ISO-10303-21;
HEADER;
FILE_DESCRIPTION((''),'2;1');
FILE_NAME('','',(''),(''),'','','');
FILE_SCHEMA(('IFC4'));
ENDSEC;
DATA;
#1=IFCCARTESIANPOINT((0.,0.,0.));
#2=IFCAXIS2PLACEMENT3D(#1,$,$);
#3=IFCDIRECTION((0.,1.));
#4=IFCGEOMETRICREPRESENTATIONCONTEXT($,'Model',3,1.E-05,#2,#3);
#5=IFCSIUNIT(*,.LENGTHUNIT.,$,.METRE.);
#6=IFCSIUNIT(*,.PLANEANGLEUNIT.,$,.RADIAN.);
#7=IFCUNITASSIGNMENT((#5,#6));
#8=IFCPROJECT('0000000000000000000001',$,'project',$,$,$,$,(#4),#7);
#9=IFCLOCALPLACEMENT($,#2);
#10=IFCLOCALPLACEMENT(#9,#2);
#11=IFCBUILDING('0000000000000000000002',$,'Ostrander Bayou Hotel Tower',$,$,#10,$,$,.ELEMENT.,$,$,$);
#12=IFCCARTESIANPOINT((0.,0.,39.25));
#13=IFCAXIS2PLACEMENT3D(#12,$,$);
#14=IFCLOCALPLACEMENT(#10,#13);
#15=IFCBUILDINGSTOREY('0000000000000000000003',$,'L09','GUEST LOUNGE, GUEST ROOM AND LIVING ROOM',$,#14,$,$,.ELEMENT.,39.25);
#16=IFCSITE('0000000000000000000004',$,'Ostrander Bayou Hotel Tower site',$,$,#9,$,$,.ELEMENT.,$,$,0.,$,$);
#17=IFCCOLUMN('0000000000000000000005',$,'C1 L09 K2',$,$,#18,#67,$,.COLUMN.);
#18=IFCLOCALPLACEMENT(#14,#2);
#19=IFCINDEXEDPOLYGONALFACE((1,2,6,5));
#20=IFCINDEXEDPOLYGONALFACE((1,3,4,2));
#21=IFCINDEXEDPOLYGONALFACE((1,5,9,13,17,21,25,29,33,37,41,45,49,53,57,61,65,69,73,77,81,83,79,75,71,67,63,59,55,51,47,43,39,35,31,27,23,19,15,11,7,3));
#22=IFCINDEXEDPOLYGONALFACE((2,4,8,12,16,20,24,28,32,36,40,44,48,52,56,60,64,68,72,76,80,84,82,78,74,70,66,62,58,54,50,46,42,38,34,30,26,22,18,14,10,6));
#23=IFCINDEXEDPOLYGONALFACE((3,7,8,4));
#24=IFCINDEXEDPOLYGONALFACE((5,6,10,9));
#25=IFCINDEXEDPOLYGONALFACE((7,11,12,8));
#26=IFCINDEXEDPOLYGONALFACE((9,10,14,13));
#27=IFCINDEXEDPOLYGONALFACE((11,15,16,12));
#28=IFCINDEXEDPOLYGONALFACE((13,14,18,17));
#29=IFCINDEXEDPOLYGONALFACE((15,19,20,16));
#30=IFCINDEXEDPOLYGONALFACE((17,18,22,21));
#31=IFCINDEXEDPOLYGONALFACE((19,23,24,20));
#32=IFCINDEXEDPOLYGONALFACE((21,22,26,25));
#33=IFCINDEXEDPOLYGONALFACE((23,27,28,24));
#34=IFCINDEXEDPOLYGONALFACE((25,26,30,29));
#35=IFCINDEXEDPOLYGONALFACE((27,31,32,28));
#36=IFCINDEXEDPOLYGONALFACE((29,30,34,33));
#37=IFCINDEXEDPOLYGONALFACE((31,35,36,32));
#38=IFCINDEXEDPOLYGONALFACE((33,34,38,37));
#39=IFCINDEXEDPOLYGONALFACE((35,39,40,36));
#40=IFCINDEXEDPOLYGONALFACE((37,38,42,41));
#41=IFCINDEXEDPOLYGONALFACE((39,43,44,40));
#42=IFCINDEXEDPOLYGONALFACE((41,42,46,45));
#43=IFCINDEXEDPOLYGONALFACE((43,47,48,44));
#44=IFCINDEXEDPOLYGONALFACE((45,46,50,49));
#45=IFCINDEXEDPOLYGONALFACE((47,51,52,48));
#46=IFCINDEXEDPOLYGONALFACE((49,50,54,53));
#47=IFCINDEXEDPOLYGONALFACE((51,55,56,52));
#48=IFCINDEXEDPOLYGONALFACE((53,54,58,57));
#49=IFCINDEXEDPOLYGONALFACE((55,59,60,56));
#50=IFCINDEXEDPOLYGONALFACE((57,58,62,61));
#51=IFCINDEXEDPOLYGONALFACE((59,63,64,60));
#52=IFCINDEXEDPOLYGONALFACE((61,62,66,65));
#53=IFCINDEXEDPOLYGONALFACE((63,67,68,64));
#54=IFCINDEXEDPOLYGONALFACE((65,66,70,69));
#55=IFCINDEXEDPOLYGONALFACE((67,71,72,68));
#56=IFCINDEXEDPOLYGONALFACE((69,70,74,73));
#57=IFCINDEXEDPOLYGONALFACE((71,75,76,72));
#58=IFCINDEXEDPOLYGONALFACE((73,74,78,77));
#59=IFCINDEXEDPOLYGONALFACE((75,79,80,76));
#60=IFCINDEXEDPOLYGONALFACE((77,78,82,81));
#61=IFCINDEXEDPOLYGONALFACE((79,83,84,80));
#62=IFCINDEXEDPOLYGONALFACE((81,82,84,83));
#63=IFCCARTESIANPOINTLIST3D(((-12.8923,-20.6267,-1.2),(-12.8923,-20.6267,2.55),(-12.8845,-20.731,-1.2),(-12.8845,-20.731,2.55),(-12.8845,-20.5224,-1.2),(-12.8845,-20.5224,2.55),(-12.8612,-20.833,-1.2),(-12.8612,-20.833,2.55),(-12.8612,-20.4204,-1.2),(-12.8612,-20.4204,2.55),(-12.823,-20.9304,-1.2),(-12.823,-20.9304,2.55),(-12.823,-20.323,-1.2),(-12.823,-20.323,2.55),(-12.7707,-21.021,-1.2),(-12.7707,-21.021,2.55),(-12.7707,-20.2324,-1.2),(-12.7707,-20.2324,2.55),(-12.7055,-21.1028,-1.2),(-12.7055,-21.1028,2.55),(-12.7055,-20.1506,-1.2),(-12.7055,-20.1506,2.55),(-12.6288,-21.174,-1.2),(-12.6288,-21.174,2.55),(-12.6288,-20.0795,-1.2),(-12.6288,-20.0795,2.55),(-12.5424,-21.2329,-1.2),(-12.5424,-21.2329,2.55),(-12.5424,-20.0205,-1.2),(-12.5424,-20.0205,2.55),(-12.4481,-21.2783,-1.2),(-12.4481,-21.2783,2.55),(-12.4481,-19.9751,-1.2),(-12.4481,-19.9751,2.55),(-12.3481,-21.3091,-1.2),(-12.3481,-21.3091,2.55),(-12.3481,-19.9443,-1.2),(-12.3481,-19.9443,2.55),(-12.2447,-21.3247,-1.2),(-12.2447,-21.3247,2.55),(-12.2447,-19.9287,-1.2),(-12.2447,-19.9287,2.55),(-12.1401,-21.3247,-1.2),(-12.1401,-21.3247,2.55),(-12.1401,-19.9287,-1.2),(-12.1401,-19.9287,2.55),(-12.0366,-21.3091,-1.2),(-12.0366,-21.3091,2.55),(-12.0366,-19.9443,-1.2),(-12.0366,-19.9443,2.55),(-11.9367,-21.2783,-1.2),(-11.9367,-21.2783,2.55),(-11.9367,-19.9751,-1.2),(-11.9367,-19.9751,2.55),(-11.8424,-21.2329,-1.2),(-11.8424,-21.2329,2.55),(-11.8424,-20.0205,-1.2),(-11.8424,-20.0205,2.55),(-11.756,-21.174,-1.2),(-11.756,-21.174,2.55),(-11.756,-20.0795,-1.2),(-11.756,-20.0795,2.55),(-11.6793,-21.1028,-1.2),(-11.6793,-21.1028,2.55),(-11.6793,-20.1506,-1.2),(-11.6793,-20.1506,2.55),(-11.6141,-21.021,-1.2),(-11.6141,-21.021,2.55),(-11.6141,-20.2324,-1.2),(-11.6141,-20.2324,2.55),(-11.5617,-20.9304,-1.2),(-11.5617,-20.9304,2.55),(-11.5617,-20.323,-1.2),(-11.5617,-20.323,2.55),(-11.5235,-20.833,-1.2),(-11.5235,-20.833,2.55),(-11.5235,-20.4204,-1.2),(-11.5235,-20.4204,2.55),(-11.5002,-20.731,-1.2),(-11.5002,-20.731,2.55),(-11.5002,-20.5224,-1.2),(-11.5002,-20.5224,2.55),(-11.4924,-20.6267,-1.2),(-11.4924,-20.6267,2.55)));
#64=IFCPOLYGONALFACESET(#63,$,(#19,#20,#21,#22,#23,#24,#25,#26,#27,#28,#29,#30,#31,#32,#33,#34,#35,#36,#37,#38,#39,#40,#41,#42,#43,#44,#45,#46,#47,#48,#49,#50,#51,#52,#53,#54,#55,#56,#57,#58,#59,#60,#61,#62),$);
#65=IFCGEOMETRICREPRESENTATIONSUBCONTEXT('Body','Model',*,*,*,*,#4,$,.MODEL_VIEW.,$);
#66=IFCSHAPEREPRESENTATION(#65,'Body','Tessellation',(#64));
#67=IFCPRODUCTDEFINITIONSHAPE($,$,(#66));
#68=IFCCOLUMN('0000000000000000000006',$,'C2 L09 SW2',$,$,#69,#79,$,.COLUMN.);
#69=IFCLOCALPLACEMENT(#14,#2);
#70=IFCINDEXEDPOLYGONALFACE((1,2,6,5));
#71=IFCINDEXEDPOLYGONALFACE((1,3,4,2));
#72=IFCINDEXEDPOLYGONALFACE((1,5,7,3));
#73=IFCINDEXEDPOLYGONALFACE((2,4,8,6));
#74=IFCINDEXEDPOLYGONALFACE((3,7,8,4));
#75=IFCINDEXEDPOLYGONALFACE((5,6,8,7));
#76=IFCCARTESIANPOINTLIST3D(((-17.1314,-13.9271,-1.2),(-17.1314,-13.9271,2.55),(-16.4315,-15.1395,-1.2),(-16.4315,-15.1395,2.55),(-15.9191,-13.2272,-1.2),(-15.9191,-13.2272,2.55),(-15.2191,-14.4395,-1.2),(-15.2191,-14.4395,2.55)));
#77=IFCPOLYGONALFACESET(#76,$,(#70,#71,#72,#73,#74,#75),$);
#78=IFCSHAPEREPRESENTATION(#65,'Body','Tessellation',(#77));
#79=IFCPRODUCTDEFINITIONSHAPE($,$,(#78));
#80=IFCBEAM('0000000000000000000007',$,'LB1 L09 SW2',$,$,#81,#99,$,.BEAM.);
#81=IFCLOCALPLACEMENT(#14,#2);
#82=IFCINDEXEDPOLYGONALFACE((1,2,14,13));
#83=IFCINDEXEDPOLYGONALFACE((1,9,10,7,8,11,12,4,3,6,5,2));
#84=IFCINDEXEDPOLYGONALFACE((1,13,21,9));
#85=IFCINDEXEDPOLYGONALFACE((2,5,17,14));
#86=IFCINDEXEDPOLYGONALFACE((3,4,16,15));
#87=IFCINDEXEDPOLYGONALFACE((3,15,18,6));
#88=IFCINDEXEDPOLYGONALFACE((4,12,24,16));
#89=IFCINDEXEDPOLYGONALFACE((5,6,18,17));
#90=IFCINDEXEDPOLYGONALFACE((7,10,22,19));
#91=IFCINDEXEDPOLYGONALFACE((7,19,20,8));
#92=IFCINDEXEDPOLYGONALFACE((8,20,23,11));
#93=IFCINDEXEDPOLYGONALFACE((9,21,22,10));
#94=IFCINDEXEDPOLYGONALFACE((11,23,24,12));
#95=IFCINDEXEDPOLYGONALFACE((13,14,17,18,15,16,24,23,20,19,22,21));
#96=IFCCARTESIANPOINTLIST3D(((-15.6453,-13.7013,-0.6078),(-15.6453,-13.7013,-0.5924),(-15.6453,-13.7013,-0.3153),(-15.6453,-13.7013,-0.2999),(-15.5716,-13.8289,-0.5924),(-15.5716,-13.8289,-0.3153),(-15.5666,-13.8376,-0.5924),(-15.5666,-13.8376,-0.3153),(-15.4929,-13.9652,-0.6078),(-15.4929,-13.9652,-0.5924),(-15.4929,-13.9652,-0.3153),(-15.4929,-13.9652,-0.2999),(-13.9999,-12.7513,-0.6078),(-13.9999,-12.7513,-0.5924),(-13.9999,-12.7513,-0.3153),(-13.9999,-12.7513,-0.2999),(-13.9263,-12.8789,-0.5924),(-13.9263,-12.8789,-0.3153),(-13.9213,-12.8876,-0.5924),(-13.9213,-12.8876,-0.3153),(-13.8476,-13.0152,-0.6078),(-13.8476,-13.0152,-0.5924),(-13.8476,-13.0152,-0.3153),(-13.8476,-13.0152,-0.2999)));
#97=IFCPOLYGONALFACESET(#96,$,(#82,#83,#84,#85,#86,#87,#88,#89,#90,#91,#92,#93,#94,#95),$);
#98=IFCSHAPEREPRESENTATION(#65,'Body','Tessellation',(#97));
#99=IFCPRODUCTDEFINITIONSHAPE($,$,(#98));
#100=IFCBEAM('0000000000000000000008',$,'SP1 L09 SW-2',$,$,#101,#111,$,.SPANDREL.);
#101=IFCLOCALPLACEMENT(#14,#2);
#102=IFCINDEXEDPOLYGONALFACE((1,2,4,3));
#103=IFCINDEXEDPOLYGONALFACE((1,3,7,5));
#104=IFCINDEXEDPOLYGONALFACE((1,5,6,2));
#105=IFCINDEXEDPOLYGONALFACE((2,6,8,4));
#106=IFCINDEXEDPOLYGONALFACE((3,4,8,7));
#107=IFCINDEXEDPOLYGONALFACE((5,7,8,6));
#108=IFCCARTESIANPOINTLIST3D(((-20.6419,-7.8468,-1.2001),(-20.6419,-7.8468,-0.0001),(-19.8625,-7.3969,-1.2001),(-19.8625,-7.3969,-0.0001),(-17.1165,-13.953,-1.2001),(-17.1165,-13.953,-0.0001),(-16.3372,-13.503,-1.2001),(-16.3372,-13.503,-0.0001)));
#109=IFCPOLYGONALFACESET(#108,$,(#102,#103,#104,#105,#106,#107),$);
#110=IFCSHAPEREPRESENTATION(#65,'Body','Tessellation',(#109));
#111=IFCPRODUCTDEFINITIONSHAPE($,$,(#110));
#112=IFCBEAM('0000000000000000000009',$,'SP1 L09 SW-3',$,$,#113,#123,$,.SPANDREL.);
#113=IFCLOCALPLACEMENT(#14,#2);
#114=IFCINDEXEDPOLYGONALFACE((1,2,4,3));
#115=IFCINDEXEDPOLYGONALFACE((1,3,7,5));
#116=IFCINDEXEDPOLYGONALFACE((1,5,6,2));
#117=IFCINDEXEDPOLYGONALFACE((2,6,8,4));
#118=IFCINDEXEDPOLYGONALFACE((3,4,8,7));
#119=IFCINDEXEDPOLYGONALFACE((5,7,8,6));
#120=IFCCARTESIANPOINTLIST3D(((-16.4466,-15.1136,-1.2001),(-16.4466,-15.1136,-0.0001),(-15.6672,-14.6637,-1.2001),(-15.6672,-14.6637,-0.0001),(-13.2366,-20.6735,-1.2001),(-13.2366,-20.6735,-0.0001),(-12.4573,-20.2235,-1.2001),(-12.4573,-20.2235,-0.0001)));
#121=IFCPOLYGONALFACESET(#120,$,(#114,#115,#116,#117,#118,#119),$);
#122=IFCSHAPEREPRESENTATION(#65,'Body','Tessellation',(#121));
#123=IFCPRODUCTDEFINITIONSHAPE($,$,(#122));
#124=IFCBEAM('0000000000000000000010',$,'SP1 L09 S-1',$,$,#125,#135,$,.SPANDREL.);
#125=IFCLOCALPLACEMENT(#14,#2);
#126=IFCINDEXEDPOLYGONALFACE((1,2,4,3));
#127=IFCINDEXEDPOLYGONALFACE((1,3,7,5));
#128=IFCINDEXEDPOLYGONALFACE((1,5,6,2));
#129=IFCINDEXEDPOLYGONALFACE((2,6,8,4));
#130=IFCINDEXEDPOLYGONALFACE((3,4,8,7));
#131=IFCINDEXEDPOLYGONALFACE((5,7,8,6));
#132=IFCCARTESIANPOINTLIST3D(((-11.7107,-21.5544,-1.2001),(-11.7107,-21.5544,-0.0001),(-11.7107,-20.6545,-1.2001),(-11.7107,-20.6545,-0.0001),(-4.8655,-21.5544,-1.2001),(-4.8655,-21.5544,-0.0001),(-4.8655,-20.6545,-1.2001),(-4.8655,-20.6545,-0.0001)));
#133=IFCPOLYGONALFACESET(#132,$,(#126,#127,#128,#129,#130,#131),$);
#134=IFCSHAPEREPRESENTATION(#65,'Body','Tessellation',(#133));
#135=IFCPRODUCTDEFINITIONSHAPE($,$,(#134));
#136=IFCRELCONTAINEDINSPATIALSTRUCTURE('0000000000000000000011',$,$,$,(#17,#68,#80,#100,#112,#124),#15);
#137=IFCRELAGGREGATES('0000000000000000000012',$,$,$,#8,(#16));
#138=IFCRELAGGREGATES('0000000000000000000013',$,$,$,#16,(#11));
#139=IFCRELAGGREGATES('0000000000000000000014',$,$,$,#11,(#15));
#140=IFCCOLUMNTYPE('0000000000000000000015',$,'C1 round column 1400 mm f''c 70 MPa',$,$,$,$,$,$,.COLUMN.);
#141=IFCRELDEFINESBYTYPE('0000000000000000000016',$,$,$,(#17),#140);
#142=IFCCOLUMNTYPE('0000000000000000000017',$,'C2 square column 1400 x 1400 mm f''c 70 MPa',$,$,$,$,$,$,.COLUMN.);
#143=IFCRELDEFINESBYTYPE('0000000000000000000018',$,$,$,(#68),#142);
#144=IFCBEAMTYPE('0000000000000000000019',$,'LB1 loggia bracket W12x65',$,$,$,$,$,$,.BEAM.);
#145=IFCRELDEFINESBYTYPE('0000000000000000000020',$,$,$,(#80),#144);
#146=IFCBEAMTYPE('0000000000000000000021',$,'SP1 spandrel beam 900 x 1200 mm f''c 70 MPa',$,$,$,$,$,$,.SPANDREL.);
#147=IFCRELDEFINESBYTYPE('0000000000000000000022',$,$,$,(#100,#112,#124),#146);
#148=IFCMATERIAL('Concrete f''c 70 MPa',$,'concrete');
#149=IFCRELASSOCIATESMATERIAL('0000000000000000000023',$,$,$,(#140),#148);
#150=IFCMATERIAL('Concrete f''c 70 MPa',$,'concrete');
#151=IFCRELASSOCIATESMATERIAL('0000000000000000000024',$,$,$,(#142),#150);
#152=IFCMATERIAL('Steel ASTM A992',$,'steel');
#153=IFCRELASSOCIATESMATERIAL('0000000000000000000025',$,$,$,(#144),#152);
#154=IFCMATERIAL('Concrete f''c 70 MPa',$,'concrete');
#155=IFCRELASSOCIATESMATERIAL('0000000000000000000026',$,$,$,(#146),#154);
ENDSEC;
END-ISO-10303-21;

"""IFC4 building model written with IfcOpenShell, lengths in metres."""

from ifc_helpers import new_model, si_unit, direction, frame, origin, origin_2d, place, context, subcontext, project, spatial, rectangle, circle, i_section, extrude, material, material_profile, profile_set, type_object, element, save


model = new_model("IFC4")

# Units and contexts
model_context = context("Model", 3, precision=1e-05, world=origin(), true_north=direction((0.0, 1.0)))
body_context = subcontext(model_context, "Body", "Model", "MODEL_VIEW")
ifc_project = project(units=[si_unit("LENGTHUNIT", "METRE"), si_unit("PLANEANGLEUNIT", "RADIAN")], contexts=[model_context])

# Site, building, storey
site_placement = place(None, origin())
site = spatial("IfcSite", under=ifc_project, at=site_placement, Name="Ostrander Bayou Hotel Tower site", CompositionType="ELEMENT", RefElevation=0.0)
building_placement = place(site_placement, origin())
building = spatial("IfcBuilding", under=site, at=building_placement, Name="Ostrander Bayou Hotel Tower", CompositionType="ELEMENT")
storey_placement = place(building_placement, frame((0.0, 0.0, 39.25)))
storey = spatial("IfcBuildingStorey", under=building, at=storey_placement, Name="L09", Description="GUEST LOUNGE, GUEST ROOM AND LIVING ROOM", CompositionType="ELEMENT", Elevation=39.25)

# Columns
ifc_material_1 = material(Name="Concrete f'c 70 MPa", Category="concrete")
ifc_material_profile_1 = material_profile(ifc_material_1, circle(Radius=0.7, at=origin_2d()))
ifc_profile_set_1 = profile_set([ifc_material_profile_1], Name="Concrete f'c 70 MPa")
column_type_1 = type_object("IfcColumnType", Name="C1 round column 1400 mm f'c 70 MPa", PredefinedType="COLUMN", material=ifc_profile_set_1)
column_1_placement = place(storey_placement, frame((-12.1924, -20.6267, -1.2), z_axis=(0.0, 0.0, 1.0), x_axis=(1.0, 0.0, 0.0)))
element("IfcColumn", 1, at=column_1_placement, inside=storey, type_object=column_type_1, Name="C1 L09 K2", PredefinedType="COLUMN", context=body_context, shape_type="SweptSolid", body=[
    extrude(circle(Radius=0.7, at=origin_2d()), origin(), (0.0, 0.0, 1.0), 3.75),
])
ifc_material_2 = material(Name="Concrete f'c 70 MPa", Category="concrete")
ifc_material_profile_2 = material_profile(ifc_material_2, rectangle(XDim=1.3999, YDim=1.3999, at=origin_2d()))
ifc_profile_set_2 = profile_set([ifc_material_profile_2], Name="Concrete f'c 70 MPa")
column_type_2 = type_object("IfcColumnType", Name="C2 square column 1400 x 1400 mm f'c 70 MPa", PredefinedType="COLUMN", material=ifc_profile_set_2)
column_2_placement = place(storey_placement, frame((-16.1753, -14.1833, -1.2), z_axis=(0.0, 0.0, 1.0), x_axis=(-0.5, 0.866025, 0.0)))
element("IfcColumn", 2, at=column_2_placement, inside=storey, type_object=column_type_2, Name="C2 L09 SW2", PredefinedType="COLUMN", context=body_context, shape_type="SweptSolid", body=[
    extrude(rectangle(XDim=1.3999, YDim=1.3999, at=origin_2d()), origin(), (0.0, 0.0, 1.0), 3.75),
])

# Beams
ifc_material_3 = material(Name="Steel ASTM A992", Category="steel")
ifc_material_profile_3 = material_profile(ifc_material_3, i_section(OverallWidth=0.3047, OverallDepth=0.3079, WebThickness=0.01, FlangeThickness=0.0154, at=origin_2d()))
ifc_profile_set_3 = profile_set([ifc_material_profile_3], Name="Steel ASTM A992")
beam_type_1 = type_object("IfcBeamType", Name="LB1 loggia bracket W12x65", PredefinedType="BEAM", material=ifc_profile_set_3)
beam_1_placement = place(storey_placement, frame((-15.5691, -13.8333, -0.4539), z_axis=(0.866012, 0.500023, 0.0), x_axis=(-0.500023, 0.866012, 0.0)))
element("IfcBeam", 3, at=beam_1_placement, inside=storey, type_object=beam_type_1, Name="LB1 L09 SW2", PredefinedType="BEAM", context=body_context, shape_type="SweptSolid", body=[
    extrude(i_section(OverallWidth=0.3047, OverallDepth=0.3079, WebThickness=0.01, FlangeThickness=0.0154, at=origin_2d()), origin(), (0.0, 0.0, 1.0), 1.8999),
])
ifc_material_4 = material(Name="Concrete f'c 70 MPa", Category="concrete")
ifc_material_profile_4 = material_profile(ifc_material_4, rectangle(XDim=0.8999, YDim=1.2, at=origin_2d()))
ifc_profile_set_4 = profile_set([ifc_material_profile_4], Name="Concrete f'c 70 MPa")
beam_type_2 = type_object("IfcBeamType", Name="SP1 spandrel beam 900 x 1200 mm f'c 70 MPa", PredefinedType="SPANDREL", material=ifc_profile_set_4)
beam_2_placement = place(storey_placement, frame((-20.2522, -7.6218, -0.6001), z_axis=(0.499997, -0.866027, 0.0), x_axis=(0.866027, 0.499997, 0.0)))
element("IfcBeam", 4, at=beam_2_placement, inside=storey, type_object=beam_type_2, Name="SP1 L09 SW-2", PredefinedType="SPANDREL", context=body_context, shape_type="SweptSolid", body=[
    extrude(rectangle(XDim=0.8999, YDim=1.2, at=origin_2d()), origin(), (0.0, 0.0, 1.0), 7.0508),
])
beam_3_placement = place(storey_placement, frame((-16.0569, -14.8887, -0.6001), z_axis=(0.5, -0.866025, 0.0), x_axis=(0.866025, 0.5, 0.0)))
element("IfcBeam", 5, at=beam_3_placement, inside=storey, type_object=beam_type_2, Name="SP1 L09 SW-3", PredefinedType="SPANDREL", context=body_context, shape_type="SweptSolid", body=[
    extrude(rectangle(XDim=0.8999, YDim=1.2, at=origin_2d()), origin(), (0.0, 0.0, 1.0), 6.4199),
])
beam_4_placement = place(storey_placement, frame((-11.7107, -21.1045, -0.6001), z_axis=(1.0, 0.0, 0.0), x_axis=(0.0, 1.0, 0.0)))
element("IfcBeam", 6, at=beam_4_placement, inside=storey, type_object=beam_type_2, Name="SP1 L09 S-1", PredefinedType="SPANDREL", context=body_context, shape_type="SweptSolid", body=[
    extrude(rectangle(XDim=0.8999, YDim=1.2, at=origin_2d()), origin(), (0.0, 0.0, 1.0), 6.8452),
])

save(model, "model.ifc")
